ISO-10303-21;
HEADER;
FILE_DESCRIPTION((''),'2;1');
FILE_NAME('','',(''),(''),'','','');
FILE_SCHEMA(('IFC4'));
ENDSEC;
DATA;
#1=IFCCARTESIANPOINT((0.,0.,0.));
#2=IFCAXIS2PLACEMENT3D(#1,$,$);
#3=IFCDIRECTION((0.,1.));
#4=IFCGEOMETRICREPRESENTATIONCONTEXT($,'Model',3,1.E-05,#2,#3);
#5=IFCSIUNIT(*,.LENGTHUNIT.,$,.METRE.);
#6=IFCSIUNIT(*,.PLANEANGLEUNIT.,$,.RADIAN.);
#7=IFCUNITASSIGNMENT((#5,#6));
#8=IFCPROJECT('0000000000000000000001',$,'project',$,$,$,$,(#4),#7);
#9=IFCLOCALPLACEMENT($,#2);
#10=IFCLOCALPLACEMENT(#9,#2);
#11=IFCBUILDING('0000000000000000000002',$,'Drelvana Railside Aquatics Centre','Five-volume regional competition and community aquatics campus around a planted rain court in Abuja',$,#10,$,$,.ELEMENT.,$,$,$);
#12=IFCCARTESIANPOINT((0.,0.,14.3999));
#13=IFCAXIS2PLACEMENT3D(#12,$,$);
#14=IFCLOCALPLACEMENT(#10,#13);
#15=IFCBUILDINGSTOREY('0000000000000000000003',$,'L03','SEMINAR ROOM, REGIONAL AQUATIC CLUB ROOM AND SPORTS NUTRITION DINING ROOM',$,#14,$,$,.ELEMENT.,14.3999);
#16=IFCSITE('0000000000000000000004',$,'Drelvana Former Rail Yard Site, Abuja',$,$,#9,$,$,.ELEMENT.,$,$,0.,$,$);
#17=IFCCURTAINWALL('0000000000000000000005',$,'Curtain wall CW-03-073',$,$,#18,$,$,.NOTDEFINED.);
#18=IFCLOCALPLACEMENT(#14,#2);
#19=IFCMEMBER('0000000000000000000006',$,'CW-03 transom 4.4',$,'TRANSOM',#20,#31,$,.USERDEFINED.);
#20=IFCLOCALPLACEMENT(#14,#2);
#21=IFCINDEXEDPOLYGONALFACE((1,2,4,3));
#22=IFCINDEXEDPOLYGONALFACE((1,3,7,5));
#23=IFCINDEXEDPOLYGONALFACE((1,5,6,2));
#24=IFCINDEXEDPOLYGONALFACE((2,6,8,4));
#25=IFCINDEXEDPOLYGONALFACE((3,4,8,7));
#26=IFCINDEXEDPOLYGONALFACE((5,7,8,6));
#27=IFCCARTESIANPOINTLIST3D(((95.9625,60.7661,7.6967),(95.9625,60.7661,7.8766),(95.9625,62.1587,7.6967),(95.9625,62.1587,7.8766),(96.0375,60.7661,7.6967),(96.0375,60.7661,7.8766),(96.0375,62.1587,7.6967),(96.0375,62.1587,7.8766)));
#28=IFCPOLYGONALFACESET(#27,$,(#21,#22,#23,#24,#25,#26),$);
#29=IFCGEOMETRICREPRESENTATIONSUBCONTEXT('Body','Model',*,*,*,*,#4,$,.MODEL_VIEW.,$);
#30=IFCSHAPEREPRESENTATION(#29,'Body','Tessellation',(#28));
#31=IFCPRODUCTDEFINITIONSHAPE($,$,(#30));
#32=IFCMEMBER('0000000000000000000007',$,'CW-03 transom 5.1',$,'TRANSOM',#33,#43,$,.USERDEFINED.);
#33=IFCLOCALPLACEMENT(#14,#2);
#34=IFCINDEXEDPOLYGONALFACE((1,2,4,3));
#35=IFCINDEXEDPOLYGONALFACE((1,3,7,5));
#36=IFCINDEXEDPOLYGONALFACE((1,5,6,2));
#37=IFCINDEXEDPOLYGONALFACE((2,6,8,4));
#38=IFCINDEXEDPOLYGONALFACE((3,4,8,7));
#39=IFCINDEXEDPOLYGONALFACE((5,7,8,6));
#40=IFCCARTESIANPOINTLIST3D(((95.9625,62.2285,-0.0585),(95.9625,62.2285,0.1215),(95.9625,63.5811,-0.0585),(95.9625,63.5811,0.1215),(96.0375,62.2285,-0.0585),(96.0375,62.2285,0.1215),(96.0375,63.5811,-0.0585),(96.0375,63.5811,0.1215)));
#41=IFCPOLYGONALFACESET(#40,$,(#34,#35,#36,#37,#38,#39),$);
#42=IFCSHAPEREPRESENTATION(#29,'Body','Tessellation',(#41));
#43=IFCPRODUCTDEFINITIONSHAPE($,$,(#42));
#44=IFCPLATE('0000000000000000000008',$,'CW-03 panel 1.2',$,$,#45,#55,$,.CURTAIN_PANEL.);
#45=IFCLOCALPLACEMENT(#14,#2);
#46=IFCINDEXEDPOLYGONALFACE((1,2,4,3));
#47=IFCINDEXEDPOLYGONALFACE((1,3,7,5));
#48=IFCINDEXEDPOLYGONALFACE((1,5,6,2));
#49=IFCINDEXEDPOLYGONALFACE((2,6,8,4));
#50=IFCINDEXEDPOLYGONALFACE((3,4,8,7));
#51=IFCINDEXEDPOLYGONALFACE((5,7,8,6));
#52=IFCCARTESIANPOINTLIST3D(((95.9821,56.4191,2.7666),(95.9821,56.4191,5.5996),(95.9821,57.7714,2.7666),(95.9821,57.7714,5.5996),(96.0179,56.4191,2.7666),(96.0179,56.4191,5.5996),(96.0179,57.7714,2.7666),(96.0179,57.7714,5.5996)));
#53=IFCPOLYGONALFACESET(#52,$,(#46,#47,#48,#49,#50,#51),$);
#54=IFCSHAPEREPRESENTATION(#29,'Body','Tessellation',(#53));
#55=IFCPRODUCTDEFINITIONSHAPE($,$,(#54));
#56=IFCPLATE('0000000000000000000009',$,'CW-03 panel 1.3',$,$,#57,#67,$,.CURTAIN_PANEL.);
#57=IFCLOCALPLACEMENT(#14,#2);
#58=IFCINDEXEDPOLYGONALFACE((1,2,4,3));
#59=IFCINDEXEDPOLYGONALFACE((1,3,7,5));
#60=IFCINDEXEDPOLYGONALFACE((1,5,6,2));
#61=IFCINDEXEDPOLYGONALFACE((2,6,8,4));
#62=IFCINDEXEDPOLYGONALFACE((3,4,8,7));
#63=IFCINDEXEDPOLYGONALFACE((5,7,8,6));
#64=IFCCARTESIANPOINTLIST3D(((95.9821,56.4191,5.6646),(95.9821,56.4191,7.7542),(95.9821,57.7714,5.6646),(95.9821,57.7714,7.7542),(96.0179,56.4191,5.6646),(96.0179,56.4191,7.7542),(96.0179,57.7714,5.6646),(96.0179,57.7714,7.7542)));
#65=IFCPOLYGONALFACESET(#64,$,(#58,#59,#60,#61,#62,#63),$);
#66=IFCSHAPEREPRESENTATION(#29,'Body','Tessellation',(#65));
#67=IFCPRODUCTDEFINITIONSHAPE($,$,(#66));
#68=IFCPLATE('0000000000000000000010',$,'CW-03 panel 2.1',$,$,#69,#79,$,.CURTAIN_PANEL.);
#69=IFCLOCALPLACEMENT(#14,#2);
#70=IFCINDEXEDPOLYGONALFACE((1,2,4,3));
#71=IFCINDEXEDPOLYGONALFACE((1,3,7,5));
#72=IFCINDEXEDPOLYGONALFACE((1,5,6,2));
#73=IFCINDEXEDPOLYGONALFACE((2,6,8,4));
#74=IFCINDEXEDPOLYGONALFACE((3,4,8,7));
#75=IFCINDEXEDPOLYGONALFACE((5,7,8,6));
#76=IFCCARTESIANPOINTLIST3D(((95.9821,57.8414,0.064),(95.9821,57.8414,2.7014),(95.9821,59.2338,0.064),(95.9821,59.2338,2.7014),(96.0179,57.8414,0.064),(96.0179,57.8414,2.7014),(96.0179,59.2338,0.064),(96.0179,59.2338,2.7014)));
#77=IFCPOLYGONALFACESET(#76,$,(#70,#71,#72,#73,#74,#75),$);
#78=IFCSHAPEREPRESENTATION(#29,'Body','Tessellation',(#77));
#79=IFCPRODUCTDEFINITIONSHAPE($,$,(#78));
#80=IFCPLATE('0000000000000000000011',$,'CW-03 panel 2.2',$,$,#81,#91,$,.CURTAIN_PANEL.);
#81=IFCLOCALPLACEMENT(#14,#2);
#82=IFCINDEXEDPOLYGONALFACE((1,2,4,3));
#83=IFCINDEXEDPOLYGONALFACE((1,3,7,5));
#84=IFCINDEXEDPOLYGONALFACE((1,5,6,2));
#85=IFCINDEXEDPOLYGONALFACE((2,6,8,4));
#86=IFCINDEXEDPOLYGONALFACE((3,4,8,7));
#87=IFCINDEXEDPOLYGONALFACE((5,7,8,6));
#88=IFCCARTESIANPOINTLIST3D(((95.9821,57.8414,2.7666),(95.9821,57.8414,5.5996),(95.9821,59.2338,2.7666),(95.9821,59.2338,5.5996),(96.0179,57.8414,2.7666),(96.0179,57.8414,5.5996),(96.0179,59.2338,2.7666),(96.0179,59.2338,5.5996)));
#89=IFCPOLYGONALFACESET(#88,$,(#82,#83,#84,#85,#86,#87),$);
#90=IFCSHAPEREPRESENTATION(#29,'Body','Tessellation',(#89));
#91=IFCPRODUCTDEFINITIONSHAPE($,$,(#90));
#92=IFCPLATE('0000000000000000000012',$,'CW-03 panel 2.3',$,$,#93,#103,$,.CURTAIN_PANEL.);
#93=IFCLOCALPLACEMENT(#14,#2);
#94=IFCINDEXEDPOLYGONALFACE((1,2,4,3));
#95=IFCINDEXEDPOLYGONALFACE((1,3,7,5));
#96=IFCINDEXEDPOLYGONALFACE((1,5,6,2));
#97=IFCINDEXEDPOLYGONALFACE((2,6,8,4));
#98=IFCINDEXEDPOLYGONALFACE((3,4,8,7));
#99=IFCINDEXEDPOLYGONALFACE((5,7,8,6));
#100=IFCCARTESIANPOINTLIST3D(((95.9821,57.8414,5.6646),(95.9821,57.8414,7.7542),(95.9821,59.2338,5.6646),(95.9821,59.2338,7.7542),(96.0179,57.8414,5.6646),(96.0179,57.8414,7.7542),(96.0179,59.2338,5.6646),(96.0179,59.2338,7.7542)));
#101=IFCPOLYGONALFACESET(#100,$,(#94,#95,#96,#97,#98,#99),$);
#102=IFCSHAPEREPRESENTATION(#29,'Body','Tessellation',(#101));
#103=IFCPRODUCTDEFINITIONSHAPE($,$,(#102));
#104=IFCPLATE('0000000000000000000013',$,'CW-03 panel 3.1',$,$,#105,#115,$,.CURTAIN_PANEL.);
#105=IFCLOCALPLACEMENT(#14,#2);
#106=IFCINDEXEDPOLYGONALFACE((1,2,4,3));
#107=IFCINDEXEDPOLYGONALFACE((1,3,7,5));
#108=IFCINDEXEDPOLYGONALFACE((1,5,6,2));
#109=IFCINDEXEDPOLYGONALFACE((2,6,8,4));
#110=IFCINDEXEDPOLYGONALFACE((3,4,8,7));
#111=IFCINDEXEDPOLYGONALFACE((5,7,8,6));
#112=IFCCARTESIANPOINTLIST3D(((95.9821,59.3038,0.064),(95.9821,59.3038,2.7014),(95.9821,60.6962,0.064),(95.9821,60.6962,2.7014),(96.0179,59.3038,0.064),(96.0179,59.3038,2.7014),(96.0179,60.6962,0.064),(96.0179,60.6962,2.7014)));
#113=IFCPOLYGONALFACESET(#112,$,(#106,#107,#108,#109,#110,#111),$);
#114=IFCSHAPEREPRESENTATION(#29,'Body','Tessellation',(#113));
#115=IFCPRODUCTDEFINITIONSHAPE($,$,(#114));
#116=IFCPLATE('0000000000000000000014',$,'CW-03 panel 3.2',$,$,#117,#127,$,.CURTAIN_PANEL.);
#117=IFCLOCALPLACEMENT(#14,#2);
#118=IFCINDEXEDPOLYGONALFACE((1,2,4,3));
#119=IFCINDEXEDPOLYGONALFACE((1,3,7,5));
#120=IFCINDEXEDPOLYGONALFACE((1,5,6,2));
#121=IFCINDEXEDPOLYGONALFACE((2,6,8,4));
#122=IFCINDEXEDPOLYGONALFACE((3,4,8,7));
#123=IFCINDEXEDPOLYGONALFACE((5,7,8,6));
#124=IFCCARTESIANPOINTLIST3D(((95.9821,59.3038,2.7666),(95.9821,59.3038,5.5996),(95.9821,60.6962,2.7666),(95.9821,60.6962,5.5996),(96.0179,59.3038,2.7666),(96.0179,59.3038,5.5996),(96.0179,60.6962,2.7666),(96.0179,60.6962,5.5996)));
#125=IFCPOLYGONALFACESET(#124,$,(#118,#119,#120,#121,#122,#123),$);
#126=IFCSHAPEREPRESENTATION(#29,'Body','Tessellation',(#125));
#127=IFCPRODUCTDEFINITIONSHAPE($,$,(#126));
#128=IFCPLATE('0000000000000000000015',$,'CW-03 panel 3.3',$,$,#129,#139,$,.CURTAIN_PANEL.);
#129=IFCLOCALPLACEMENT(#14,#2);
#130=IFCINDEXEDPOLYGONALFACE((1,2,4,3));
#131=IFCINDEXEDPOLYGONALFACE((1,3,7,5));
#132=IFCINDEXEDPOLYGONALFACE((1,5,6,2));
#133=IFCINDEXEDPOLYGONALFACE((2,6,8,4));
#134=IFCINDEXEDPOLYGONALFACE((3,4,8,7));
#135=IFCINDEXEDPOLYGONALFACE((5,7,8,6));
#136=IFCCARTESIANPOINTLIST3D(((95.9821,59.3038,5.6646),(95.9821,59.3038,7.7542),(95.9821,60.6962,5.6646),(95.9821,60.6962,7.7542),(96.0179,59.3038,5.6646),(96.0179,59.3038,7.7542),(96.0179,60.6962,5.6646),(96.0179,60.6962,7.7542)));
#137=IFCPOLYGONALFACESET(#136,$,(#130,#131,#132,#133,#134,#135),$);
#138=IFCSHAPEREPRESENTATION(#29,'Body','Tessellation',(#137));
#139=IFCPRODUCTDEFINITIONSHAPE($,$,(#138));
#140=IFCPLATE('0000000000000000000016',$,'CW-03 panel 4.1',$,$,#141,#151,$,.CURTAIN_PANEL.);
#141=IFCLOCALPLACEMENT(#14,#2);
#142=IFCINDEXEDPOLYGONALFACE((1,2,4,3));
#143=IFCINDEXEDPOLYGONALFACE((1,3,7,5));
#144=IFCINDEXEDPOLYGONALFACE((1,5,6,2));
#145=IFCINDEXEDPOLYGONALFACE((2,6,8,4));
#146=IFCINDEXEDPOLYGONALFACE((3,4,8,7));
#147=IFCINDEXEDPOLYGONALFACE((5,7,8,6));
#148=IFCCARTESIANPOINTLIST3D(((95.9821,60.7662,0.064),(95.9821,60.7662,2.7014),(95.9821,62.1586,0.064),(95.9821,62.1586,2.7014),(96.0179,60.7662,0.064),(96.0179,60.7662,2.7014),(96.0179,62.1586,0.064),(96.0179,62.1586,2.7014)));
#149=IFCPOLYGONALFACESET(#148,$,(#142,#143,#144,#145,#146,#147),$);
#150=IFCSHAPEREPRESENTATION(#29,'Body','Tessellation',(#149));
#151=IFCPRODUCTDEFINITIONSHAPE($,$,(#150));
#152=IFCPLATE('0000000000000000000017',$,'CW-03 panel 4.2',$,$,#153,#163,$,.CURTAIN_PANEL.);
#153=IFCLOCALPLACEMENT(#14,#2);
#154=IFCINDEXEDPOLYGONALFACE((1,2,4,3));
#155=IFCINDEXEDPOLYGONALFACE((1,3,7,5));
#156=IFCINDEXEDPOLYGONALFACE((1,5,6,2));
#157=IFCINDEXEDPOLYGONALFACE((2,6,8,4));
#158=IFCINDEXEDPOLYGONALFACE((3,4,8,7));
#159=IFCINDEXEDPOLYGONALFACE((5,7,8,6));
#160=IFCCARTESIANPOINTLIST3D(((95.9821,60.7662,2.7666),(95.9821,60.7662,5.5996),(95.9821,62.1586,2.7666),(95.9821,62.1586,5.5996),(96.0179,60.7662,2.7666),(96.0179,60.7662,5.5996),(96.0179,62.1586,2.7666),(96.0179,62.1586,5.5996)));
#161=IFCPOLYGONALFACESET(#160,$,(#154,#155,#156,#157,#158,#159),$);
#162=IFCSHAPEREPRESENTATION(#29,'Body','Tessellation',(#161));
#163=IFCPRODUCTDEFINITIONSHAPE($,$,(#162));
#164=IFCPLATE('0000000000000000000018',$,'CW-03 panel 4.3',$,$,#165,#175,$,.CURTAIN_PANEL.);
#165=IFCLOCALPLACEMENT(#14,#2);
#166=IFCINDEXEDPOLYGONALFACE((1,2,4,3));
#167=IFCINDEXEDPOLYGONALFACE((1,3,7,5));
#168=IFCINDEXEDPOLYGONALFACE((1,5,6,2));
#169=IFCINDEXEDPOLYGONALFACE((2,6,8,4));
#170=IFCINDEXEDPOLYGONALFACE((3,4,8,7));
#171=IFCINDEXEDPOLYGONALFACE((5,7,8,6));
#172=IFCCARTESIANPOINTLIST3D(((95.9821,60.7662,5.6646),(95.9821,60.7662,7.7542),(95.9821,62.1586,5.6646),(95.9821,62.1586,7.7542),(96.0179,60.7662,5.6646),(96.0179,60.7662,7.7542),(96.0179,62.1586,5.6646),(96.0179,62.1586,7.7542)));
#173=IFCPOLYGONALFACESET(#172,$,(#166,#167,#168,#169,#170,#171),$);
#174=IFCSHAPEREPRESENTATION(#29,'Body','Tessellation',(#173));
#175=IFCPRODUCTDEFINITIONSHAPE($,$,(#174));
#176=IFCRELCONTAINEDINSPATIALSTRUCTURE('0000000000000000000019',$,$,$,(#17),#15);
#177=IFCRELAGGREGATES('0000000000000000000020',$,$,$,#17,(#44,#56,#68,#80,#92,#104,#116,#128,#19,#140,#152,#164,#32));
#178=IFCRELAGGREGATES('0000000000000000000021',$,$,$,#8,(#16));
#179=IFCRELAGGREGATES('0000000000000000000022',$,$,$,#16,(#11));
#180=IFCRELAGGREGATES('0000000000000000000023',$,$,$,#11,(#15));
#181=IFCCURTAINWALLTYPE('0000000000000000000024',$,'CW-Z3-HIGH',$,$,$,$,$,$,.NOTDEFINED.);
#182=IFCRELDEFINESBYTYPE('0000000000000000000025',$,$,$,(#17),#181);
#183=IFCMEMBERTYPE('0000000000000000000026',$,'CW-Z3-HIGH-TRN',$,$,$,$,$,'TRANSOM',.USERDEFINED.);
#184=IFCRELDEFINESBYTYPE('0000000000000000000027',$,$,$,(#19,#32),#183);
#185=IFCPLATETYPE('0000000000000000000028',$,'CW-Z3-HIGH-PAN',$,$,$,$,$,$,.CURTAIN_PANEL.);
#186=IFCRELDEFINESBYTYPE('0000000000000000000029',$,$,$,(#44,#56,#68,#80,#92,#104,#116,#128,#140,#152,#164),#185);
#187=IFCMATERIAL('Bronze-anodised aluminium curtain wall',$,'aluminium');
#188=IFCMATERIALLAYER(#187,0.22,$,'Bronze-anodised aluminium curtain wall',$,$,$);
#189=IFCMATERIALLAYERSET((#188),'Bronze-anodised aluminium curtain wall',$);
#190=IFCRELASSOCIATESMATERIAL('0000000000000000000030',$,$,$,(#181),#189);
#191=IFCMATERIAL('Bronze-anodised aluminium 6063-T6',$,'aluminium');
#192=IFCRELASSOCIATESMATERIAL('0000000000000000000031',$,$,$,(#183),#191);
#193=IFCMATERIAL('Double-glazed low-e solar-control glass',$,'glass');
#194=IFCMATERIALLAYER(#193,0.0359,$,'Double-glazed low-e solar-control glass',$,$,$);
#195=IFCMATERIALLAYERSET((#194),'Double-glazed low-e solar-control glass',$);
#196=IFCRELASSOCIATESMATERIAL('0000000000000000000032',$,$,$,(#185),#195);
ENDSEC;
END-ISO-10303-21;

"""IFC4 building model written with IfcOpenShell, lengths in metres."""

from ifc_helpers import new_model, si_unit, direction, frame, origin, origin_2d, place, context, subcontext, project, spatial, rectangle, extrude, material, layer, layer_set, material_profile, profile_set, type_object, element, aggregate, save


model = new_model("IFC4")

# Units and contexts
model_context = context("Model", 3, precision=1e-05, world=origin(), true_north=direction((0.0, 1.0)))
body_context = subcontext(model_context, "Body", "Model", "MODEL_VIEW")
ifc_project = project(units=[si_unit("LENGTHUNIT", "METRE"), si_unit("PLANEANGLEUNIT", "RADIAN")], contexts=[model_context])

# Site, building, storey
site_placement = place(None, origin())
site = spatial("IfcSite", under=ifc_project, at=site_placement, Name="Drelvana Former Rail Yard Site, Abuja", CompositionType="ELEMENT", RefElevation=0.0)
building_placement = place(site_placement, origin())
building = spatial("IfcBuilding", under=site, at=building_placement, Name="Drelvana Railside Aquatics Centre", Description="Five-volume regional competition and community aquatics campus around a planted rain court in Abuja", CompositionType="ELEMENT")
storey_placement = place(building_placement, frame((0.0, 0.0, 14.3999)))
storey = spatial("IfcBuildingStorey", under=building, at=storey_placement, Name="L03", Description="SEMINAR ROOM, REGIONAL AQUATIC CLUB ROOM AND SPORTS NUTRITION DINING ROOM", CompositionType="ELEMENT", Elevation=14.3999)

# Curtain wall, members, plates
ifc_material_1 = material(Name="Bronze-anodised aluminium curtain wall", Category="aluminium")
ifc_layer_1 = layer(ifc_material_1, 0.22, Name="Bronze-anodised aluminium curtain wall")
ifc_layer_set_1 = layer_set([ifc_layer_1], Name="Bronze-anodised aluminium curtain wall")
curtain_wall_type = type_object("IfcCurtainWallType", Name="CW-Z3-HIGH", PredefinedType="NOTDEFINED", material=ifc_layer_set_1)
curtain_wall_placement = place(storey_placement, origin())
curtain_wall = element("IfcCurtainWall", 1, at=curtain_wall_placement, inside=storey, type_object=curtain_wall_type, Name="Curtain wall CW-03-073", PredefinedType="NOTDEFINED")
ifc_material_2 = material(Name="Bronze-anodised aluminium 6063-T6", Category="aluminium")
ifc_material_profile_1 = material_profile(ifc_material_2, rectangle(XDim=0.1799, YDim=0.075, at=origin_2d()), Name="ALU-T 75x180")
ifc_profile_set_1 = profile_set([ifc_material_profile_1], Name="Bronze-anodised aluminium 6063-T6")
member_type_1 = type_object("IfcMemberType", Name="CW-Z3-HIGH-TRN", ElementType="TRANSOM", PredefinedType="USERDEFINED", material=ifc_profile_set_1)
member_1_placement = place(storey_placement, frame((96.0, 60.7661, 7.7866), z_axis=(0.0, 1.0, 0.0), x_axis=(0.0, 0.0, 1.0)))
member_1 = element("IfcMember", 2, at=member_1_placement, type_object=member_type_1, Name="CW-03 transom 4.4", ObjectType="TRANSOM", PredefinedType="USERDEFINED", context=body_context, shape_type="SweptSolid", body=[
    extrude(rectangle(XDim=0.1799, YDim=0.075, at=origin_2d()), origin(), (0.0, 0.0, 1.0), 1.3926),
])
member_2_placement = place(storey_placement, frame((96.0, 62.2285, 0.0315), z_axis=(0.0, 1.0, 0.0), x_axis=(0.0, 0.0, 1.0)))
member_2 = element("IfcMember", 3, at=member_2_placement, type_object=member_type_1, Name="CW-03 transom 5.1", ObjectType="TRANSOM", PredefinedType="USERDEFINED", context=body_context, shape_type="SweptSolid", body=[
    extrude(rectangle(XDim=0.1799, YDim=0.075, at=origin_2d()), origin(), (0.0, 0.0, 1.0), 1.3525),
])
ifc_material_3 = material(Name="Double-glazed low-e solar-control glass", Category="glass")
ifc_layer_2 = layer(ifc_material_3, 0.0359, Name="Double-glazed low-e solar-control glass")
ifc_layer_set_2 = layer_set([ifc_layer_2], Name="Double-glazed low-e solar-control glass")
plate_type = type_object("IfcPlateType", Name="CW-Z3-HIGH-PAN", PredefinedType="CURTAIN_PANEL", material=ifc_layer_set_2)
plate_1_placement = place(storey_placement, frame((96.0, 57.0952, 2.7666), z_axis=(0.0, 0.0, 1.0), x_axis=(0.0, 1.0, 0.0)))
plate_1 = element("IfcPlate", 4, at=plate_1_placement, type_object=plate_type, Name="CW-03 panel 1.2", PredefinedType="CURTAIN_PANEL", context=body_context, shape_type="SweptSolid", body=[
    extrude(rectangle(XDim=1.3523, YDim=0.0359, at=origin_2d()), origin(), (0.0, 0.0, 1.0), 2.833),
])
plate_2_placement = place(storey_placement, frame((96.0, 57.0952, 5.6646), z_axis=(0.0, 0.0, 1.0), x_axis=(0.0, 1.0, 0.0)))
plate_2 = element("IfcPlate", 5, at=plate_2_placement, type_object=plate_type, Name="CW-03 panel 1.3", PredefinedType="CURTAIN_PANEL", context=body_context, shape_type="SweptSolid", body=[
    extrude(rectangle(XDim=1.3523, YDim=0.0359, at=origin_2d()), origin(), (0.0, 0.0, 1.0), 2.0896),
])
plate_3_placement = place(storey_placement, frame((96.0, 58.5376, 0.064), z_axis=(0.0, 0.0, 1.0), x_axis=(0.0, 1.0, 0.0)))
plate_3 = element("IfcPlate", 6, at=plate_3_placement, type_object=plate_type, Name="CW-03 panel 2.1", PredefinedType="CURTAIN_PANEL", context=body_context, shape_type="SweptSolid", body=[
    extrude(rectangle(XDim=1.3923, YDim=0.0359, at=origin_2d()), origin(), (0.0, 0.0, 1.0), 2.6375),
])
plate_4_placement = place(storey_placement, frame((96.0, 58.5376, 2.7666), z_axis=(0.0, 0.0, 1.0), x_axis=(0.0, 1.0, 0.0)))
plate_4 = element("IfcPlate", 7, at=plate_4_placement, type_object=plate_type, Name="CW-03 panel 2.2", PredefinedType="CURTAIN_PANEL", context=body_context, shape_type="SweptSolid", body=[
    extrude(rectangle(XDim=1.3923, YDim=0.0359, at=origin_2d()), origin(), (0.0, 0.0, 1.0), 2.833),
])
plate_5_placement = place(storey_placement, frame((96.0, 58.5376, 5.6646), z_axis=(0.0, 0.0, 1.0), x_axis=(0.0, 1.0, 0.0)))
plate_5 = element("IfcPlate", 8, at=plate_5_placement, type_object=plate_type, Name="CW-03 panel 2.3", PredefinedType="CURTAIN_PANEL", context=body_context, shape_type="SweptSolid", body=[
    extrude(rectangle(XDim=1.3923, YDim=0.0359, at=origin_2d()), origin(), (0.0, 0.0, 1.0), 2.0896),
])
plate_6_placement = place(storey_placement, frame((96.0, 60.0, 0.064), z_axis=(0.0, 0.0, 1.0), x_axis=(0.0, 1.0, 0.0)))
plate_6 = element("IfcPlate", 9, at=plate_6_placement, type_object=plate_type, Name="CW-03 panel 3.1", PredefinedType="CURTAIN_PANEL", context=body_context, shape_type="SweptSolid", body=[
    extrude(rectangle(XDim=1.3923, YDim=0.0359, at=origin_2d()), origin(), (0.0, 0.0, 1.0), 2.6375),
])
plate_7_placement = place(storey_placement, frame((96.0, 60.0, 2.7666), z_axis=(0.0, 0.0, 1.0), x_axis=(0.0, 1.0, 0.0)))
plate_7 = element("IfcPlate", 10, at=plate_7_placement, type_object=plate_type, Name="CW-03 panel 3.2", PredefinedType="CURTAIN_PANEL", context=body_context, shape_type="SweptSolid", body=[
    extrude(rectangle(XDim=1.3923, YDim=0.0359, at=origin_2d()), origin(), (0.0, 0.0, 1.0), 2.833),
])
plate_8_placement = place(storey_placement, frame((96.0, 60.0, 5.6646), z_axis=(0.0, 0.0, 1.0), x_axis=(0.0, 1.0, 0.0)))
plate_8 = element("IfcPlate", 11, at=plate_8_placement, type_object=plate_type, Name="CW-03 panel 3.3", PredefinedType="CURTAIN_PANEL", context=body_context, shape_type="SweptSolid", body=[
    extrude(rectangle(XDim=1.3923, YDim=0.0359, at=origin_2d()), origin(), (0.0, 0.0, 1.0), 2.0896),
])
plate_9_placement = place(storey_placement, frame((96.0, 61.4624, 0.064), z_axis=(0.0, 0.0, 1.0), x_axis=(0.0, 1.0, 0.0)))
plate_9 = element("IfcPlate", 12, at=plate_9_placement, type_object=plate_type, Name="CW-03 panel 4.1", PredefinedType="CURTAIN_PANEL", context=body_context, shape_type="SweptSolid", body=[
    extrude(rectangle(XDim=1.3923, YDim=0.0359, at=origin_2d()), origin(), (0.0, 0.0, 1.0), 2.6375),
])
plate_10_placement = place(storey_placement, frame((96.0, 61.4624, 2.7666), z_axis=(0.0, 0.0, 1.0), x_axis=(0.0, 1.0, 0.0)))
plate_10 = element("IfcPlate", 13, at=plate_10_placement, type_object=plate_type, Name="CW-03 panel 4.2", PredefinedType="CURTAIN_PANEL", context=body_context, shape_type="SweptSolid", body=[
    extrude(rectangle(XDim=1.3923, YDim=0.0359, at=origin_2d()), origin(), (0.0, 0.0, 1.0), 2.833),
])
plate_11_placement = place(storey_placement, frame((96.0, 61.4624, 5.6646), z_axis=(0.0, 0.0, 1.0), x_axis=(0.0, 1.0, 0.0)))
plate_11 = element("IfcPlate", 14, at=plate_11_placement, type_object=plate_type, Name="CW-03 panel 4.3", PredefinedType="CURTAIN_PANEL", context=body_context, shape_type="SweptSolid", body=[
    extrude(rectangle(XDim=1.3923, YDim=0.0359, at=origin_2d()), origin(), (0.0, 0.0, 1.0), 2.0896),
])
aggregate(curtain_wall, [plate_1, plate_2, plate_3, plate_4, plate_5, plate_6, plate_7, plate_8, member_1, plate_9, plate_10, plate_11, member_2])

save(model, "model.ifc")
